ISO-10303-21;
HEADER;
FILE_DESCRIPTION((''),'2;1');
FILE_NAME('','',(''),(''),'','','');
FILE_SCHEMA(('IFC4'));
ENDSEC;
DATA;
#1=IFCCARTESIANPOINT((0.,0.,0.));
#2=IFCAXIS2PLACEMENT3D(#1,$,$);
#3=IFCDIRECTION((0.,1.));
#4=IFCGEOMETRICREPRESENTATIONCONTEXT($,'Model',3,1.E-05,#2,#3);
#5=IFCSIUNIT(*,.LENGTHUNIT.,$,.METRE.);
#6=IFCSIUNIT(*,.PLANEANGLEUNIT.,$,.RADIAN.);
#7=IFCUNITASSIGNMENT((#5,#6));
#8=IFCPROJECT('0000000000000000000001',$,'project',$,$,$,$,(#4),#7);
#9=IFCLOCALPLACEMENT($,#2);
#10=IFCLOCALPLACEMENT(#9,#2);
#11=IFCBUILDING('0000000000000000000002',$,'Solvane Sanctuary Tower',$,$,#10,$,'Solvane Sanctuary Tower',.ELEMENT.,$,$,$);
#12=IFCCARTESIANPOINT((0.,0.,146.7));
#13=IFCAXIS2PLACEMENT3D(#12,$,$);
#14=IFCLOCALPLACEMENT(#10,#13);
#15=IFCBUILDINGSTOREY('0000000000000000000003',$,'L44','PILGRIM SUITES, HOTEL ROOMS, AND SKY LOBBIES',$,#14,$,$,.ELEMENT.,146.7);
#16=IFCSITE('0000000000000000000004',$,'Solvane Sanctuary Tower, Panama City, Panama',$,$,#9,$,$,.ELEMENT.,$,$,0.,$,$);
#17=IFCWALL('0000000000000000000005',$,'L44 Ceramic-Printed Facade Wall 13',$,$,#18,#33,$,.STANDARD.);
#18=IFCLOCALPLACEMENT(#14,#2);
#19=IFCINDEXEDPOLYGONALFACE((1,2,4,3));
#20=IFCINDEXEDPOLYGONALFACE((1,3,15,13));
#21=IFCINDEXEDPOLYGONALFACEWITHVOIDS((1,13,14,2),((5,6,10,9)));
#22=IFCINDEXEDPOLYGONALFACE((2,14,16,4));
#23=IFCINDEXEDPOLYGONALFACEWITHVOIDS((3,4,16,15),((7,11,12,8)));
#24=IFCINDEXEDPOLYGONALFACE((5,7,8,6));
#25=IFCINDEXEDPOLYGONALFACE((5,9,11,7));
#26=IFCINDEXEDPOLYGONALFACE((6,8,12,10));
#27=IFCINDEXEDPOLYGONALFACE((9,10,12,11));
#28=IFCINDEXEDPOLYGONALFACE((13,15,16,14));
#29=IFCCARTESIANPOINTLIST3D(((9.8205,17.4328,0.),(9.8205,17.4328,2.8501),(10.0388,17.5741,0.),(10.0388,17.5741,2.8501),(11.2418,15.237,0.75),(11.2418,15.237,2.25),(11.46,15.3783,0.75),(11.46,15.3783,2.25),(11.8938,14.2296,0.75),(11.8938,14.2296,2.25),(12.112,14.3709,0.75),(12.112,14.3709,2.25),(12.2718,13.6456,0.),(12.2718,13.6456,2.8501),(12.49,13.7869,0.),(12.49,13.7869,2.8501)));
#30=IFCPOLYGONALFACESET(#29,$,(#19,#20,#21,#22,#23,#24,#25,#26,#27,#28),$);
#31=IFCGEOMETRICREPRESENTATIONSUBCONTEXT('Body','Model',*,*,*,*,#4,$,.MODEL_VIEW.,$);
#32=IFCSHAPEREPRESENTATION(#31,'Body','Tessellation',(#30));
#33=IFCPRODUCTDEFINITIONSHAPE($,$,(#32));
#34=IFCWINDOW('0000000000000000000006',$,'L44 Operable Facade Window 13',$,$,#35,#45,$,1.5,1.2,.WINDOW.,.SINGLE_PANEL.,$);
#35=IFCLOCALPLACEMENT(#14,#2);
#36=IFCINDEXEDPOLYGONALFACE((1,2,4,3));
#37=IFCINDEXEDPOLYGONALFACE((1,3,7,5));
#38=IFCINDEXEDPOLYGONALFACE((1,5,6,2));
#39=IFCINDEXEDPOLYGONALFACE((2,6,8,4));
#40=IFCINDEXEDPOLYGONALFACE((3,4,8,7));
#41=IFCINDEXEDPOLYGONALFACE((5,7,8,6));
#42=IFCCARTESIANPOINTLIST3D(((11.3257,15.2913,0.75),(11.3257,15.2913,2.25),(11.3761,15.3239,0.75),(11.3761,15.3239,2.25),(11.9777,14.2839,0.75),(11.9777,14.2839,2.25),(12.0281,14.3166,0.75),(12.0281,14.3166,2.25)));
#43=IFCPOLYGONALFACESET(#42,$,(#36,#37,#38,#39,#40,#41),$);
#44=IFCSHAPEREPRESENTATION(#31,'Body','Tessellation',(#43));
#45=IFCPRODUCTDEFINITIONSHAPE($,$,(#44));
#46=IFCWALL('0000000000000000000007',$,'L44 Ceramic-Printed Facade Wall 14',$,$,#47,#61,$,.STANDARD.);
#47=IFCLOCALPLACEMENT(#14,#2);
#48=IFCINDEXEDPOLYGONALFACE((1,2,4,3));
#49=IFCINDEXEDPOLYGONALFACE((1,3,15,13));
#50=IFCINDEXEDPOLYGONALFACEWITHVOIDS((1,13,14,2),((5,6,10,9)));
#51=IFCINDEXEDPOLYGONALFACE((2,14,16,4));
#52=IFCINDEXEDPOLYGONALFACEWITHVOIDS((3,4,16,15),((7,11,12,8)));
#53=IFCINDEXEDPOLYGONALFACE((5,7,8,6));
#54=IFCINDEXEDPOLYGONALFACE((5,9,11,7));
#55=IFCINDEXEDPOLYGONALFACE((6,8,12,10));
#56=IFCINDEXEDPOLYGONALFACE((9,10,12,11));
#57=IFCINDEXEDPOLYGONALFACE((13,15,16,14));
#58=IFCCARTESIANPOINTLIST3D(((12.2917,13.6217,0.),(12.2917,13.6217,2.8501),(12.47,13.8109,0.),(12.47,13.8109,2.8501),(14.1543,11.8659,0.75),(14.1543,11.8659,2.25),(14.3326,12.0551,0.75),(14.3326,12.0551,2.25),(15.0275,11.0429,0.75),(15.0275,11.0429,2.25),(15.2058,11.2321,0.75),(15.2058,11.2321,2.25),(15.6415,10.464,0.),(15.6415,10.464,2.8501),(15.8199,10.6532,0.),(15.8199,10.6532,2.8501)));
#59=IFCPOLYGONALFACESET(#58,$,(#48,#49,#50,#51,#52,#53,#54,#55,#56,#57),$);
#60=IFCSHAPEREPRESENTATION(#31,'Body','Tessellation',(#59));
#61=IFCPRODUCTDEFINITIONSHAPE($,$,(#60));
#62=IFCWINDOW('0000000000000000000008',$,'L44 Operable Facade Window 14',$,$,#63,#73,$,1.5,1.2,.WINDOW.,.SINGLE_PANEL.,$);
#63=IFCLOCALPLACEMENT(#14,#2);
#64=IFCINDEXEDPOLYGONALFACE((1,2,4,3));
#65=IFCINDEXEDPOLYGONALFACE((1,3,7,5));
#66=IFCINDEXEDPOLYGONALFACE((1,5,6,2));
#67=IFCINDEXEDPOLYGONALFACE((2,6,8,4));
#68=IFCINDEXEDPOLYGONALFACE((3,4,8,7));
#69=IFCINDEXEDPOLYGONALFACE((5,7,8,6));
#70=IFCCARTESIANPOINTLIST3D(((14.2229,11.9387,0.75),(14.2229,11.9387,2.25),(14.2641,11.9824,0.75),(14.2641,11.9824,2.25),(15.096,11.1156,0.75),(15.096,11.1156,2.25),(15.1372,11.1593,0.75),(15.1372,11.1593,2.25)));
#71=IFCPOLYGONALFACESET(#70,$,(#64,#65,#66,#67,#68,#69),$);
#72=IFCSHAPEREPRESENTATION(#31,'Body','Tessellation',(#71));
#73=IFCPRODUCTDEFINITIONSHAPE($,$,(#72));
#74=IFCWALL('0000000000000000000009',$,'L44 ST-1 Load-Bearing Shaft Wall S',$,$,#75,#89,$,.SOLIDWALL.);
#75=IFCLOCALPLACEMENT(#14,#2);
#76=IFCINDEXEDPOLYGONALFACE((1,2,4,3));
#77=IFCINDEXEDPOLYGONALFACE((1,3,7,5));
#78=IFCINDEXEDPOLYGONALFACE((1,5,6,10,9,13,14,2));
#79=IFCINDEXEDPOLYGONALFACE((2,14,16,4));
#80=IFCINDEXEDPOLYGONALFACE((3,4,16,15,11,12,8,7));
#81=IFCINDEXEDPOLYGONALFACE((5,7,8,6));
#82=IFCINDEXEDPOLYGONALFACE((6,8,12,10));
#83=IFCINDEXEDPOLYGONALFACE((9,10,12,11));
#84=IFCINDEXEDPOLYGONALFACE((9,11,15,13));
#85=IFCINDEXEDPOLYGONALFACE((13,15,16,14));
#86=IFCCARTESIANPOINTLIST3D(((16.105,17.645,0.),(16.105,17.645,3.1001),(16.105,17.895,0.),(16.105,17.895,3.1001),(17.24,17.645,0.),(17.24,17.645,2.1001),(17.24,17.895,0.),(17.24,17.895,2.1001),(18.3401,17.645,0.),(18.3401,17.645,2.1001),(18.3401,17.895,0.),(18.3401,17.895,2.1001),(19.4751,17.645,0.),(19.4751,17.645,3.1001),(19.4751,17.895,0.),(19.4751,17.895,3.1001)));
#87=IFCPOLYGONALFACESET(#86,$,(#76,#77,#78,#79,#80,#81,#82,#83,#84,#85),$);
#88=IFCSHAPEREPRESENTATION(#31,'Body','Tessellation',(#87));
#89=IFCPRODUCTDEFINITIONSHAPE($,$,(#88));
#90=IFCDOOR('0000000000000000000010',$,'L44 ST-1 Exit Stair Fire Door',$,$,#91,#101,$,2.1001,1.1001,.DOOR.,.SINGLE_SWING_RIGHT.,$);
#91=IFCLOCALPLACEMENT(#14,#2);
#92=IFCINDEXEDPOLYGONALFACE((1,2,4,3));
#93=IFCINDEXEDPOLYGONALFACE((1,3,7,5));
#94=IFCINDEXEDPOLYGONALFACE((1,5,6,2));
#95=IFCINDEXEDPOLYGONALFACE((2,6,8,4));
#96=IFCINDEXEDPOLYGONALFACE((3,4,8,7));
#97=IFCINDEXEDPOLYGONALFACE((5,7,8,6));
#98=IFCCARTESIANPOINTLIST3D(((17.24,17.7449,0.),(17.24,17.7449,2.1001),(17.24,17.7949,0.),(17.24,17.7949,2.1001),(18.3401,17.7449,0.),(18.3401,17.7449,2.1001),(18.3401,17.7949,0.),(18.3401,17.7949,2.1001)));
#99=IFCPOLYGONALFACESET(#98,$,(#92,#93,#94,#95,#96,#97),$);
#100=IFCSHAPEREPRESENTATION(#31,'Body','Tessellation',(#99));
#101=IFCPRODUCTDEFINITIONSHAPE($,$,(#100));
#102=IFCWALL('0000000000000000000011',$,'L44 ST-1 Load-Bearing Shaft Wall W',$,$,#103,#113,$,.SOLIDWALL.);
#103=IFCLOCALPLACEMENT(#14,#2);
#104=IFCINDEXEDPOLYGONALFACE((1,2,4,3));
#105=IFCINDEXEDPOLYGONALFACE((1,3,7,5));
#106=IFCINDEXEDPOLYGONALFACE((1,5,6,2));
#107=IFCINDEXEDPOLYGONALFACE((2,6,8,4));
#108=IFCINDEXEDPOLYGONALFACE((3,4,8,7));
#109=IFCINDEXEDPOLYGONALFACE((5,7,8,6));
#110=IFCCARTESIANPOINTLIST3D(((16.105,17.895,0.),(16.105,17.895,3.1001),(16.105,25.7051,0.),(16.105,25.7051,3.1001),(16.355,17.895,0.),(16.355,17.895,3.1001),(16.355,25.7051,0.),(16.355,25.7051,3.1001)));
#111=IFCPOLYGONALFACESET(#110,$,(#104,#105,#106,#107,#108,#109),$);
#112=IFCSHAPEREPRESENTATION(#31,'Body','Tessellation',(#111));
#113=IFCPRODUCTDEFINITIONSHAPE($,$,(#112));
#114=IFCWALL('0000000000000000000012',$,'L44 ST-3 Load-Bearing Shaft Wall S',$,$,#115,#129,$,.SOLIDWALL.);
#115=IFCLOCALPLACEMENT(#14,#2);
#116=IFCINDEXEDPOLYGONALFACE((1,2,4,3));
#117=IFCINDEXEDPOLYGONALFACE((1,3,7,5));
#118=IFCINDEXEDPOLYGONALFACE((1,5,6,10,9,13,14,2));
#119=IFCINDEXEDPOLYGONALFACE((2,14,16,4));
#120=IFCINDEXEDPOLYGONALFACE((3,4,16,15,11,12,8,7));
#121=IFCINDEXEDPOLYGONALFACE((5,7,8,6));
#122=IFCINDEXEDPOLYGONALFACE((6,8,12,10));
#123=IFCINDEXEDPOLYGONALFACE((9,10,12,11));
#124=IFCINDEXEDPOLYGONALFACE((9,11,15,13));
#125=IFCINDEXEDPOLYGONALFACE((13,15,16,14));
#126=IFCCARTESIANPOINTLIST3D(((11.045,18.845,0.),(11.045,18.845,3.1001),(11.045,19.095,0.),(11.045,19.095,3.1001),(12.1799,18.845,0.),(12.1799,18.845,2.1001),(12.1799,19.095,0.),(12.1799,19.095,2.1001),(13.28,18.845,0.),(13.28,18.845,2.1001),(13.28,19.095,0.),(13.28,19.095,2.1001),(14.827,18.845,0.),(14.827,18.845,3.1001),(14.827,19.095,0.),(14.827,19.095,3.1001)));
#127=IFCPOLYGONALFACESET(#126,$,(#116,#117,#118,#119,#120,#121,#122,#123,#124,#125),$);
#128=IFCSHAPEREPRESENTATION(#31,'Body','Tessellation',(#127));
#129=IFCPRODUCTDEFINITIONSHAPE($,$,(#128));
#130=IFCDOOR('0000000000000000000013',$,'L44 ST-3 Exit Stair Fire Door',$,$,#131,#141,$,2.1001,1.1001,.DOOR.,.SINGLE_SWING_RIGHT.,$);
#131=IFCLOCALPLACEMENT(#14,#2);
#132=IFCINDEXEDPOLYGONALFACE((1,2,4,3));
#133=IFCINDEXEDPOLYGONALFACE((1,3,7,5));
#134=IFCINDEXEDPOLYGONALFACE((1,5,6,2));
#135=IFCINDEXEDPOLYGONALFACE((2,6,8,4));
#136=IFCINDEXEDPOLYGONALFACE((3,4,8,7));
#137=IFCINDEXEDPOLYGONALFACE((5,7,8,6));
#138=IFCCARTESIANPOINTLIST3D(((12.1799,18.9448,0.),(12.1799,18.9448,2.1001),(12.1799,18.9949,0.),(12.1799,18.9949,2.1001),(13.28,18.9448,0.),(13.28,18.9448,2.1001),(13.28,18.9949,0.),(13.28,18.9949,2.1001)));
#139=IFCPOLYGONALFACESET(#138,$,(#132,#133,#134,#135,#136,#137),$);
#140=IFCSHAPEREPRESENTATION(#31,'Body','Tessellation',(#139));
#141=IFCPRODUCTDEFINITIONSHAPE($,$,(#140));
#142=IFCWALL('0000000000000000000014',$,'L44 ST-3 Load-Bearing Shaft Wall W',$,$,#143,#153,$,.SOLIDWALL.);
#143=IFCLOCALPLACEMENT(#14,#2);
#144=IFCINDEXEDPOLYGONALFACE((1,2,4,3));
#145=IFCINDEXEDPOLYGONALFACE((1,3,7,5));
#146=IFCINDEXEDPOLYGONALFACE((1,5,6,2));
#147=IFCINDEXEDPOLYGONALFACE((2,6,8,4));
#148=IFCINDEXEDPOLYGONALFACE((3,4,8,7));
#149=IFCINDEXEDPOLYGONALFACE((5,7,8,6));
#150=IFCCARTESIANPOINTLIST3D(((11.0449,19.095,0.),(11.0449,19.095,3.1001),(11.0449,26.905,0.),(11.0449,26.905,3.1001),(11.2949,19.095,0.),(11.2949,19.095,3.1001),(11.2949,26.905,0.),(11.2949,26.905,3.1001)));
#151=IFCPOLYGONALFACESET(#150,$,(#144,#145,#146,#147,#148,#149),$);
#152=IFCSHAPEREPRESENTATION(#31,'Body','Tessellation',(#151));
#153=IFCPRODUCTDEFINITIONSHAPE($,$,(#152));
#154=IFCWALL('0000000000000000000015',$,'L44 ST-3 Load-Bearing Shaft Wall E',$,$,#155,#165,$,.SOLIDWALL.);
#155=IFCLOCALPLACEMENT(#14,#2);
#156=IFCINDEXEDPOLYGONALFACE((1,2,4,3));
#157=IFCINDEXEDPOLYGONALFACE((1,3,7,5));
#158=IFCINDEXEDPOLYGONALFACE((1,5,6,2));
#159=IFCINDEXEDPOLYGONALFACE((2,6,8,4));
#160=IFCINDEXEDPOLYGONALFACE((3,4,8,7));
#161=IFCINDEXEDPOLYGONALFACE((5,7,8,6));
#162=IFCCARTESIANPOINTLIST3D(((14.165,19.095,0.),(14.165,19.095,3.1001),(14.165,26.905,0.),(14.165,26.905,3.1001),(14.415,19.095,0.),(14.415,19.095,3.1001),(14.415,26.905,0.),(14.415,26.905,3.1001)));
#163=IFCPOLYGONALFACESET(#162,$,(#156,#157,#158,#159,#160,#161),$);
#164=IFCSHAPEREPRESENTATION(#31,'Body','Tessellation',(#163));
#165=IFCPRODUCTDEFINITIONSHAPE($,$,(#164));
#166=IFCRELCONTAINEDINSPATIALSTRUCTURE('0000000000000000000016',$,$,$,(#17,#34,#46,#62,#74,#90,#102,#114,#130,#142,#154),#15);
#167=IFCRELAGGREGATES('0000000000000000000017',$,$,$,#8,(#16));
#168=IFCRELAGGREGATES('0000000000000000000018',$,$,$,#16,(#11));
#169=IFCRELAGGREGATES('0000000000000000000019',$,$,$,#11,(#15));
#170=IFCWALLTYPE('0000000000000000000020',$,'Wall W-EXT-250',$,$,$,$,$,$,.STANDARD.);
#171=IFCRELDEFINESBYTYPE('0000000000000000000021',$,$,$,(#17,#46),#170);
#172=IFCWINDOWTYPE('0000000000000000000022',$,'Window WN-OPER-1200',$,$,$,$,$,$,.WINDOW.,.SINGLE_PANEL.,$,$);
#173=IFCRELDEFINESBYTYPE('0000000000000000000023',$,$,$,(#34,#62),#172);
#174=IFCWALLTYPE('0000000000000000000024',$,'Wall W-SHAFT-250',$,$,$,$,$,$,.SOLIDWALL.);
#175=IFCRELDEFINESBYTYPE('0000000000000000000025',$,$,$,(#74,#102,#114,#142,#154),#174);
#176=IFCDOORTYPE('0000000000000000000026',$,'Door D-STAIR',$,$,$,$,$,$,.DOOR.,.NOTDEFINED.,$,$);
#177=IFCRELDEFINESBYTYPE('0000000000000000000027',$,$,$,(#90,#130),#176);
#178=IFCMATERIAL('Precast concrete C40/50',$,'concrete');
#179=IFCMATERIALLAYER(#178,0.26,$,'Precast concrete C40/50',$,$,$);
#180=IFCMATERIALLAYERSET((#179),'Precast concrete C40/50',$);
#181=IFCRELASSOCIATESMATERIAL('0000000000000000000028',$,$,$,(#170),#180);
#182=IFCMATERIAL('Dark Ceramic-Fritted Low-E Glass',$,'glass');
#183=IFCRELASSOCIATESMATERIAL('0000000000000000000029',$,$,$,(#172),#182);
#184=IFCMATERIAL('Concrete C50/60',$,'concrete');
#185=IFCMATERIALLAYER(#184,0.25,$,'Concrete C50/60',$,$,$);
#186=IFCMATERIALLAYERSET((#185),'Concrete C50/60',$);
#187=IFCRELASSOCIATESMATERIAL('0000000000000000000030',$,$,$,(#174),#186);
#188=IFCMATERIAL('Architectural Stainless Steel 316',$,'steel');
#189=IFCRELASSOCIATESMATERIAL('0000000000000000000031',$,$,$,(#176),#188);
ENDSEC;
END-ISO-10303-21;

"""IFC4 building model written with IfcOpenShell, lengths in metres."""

from ifc_helpers import new_model, si_unit, direction, frame, frame_2d, origin, place, context, subcontext, project, spatial, rectangle, extrude, material, layer, layer_set, type_object, element, fill, save


model = new_model("IFC4")

# Units and contexts
model_context = context("Model", 3, precision=1e-05, world=origin(), true_north=direction((0.0, 1.0)))
body_context = subcontext(model_context, "Body", "Model", "MODEL_VIEW")
ifc_project = project(units=[si_unit("LENGTHUNIT", "METRE"), si_unit("PLANEANGLEUNIT", "RADIAN")], contexts=[model_context])

# Site, building, storey
site_placement = place(None, origin())
site = spatial("IfcSite", under=ifc_project, at=site_placement, Name="Solvane Sanctuary Tower, Panama City, Panama", CompositionType="ELEMENT", RefElevation=0.0)
building_placement = place(site_placement, origin())
building = spatial("IfcBuilding", under=site, at=building_placement, Name="Solvane Sanctuary Tower", LongName="Solvane Sanctuary Tower", CompositionType="ELEMENT")
storey_placement = place(building_placement, frame((0.0, 0.0, 146.7)))
storey = spatial("IfcBuildingStorey", under=building, at=storey_placement, Name="L44", Description="PILGRIM SUITES, HOTEL ROOMS, AND SKY LOBBIES", CompositionType="ELEMENT", Elevation=146.7)

# Shared definitions
ifc_material_1 = material(Name="Architectural Stainless Steel 316", Category="steel")

# Walls, openings, windows
ifc_material_2 = material(Name="Precast concrete C40/50", Category="concrete")
ifc_layer_1 = layer(ifc_material_2, 0.26, Name="Precast concrete C40/50")
ifc_layer_set_1 = layer_set([ifc_layer_1], Name="Precast concrete C40/50")
wall_type_1 = type_object("IfcWallType", Name="Wall W-EXT-250", PredefinedType="STANDARD", material=ifc_layer_set_1)
wall_1_placement = place(storey_placement, frame((9.9297, 17.5034, 0.0), z_axis=(0.0, 0.0, 1.0), x_axis=(0.543359, -0.8395, 0.0)))
wall_1 = element("IfcWall", 1, at=wall_1_placement, inside=storey, type_object=wall_type_1, Name="L44 Ceramic-Printed Facade Wall 13", PredefinedType="STANDARD", context=body_context, shape_type="SweptSolid", body=[
    extrude(rectangle(XDim=4.5112, YDim=0.26, at=frame_2d((2.2556, 0.0))), origin(), (0.0, 0.0, 1.0), 2.8501),
])
opening_1_placement = place(wall_1_placement, frame((2.6155, 0.0, 0.75)))
opening_1 = element("IfcOpeningElement", 2, at=opening_1_placement, cuts=wall_1, PredefinedType="OPENING", context=body_context, shape_type="SweptSolid", body=[
    extrude(rectangle(XDim=1.2, YDim=1.5, at=frame_2d((0.6001, 0.75))), frame((0.0, 0.1399, 0.0), z_axis=(0.0, -1.0, 0.0), x_axis=(1.0, 0.0, 0.0)), (0.0, 0.0, 1.0), 0.28),
])
ifc_material_3 = material(Name="Dark Ceramic-Fritted Low-E Glass", Category="glass")
window_type = type_object("IfcWindowType", Name="Window WN-OPER-1200", PartitioningType="SINGLE_PANEL", PredefinedType="WINDOW", material=ifc_material_3)
window_1_placement = place(opening_1_placement, origin())
window_1 = element("IfcWindow", 3, at=window_1_placement, inside=storey, type_object=window_type, Name="L44 Operable Facade Window 13", OverallHeight=1.5, OverallWidth=1.2, PartitioningType="SINGLE_PANEL", PredefinedType="WINDOW", context=body_context, shape_type="SweptSolid", body=[
    extrude(rectangle(XDim=1.2, YDim=1.5, at=frame_2d((0.6001, 0.75))), frame((0.0, 0.03, 0.0), z_axis=(0.0, -1.0, 0.0), x_axis=(1.0, 0.0, 0.0)), (0.0, 0.0, 1.0), 0.0601),
])
fill(opening_1, window_1)
wall_2_placement = place(storey_placement, frame((12.3809, 13.7163, 0.0), z_axis=(0.0, 0.0, 1.0), x_axis=(0.727667, -0.68593, 0.0)))
wall_2 = element("IfcWall", 4, at=wall_2_placement, inside=storey, type_object=wall_type_1, Name="L44 Ceramic-Printed Facade Wall 14", PredefinedType="STANDARD", context=body_context, shape_type="SweptSolid", body=[
    extrude(rectangle(XDim=4.6035, YDim=0.26, at=frame_2d((2.3018, 0.0))), origin(), (0.0, 0.0, 1.0), 2.8501),
])
opening_2_placement = place(wall_2_placement, frame((2.5596, 0.0, 0.75)))
opening_2 = element("IfcOpeningElement", 5, at=opening_2_placement, cuts=wall_2, PredefinedType="OPENING", context=body_context, shape_type="SweptSolid", body=[
    extrude(rectangle(XDim=1.2, YDim=1.5, at=frame_2d((0.6001, 0.75))), frame((0.0, 0.1399, 0.0), z_axis=(0.0, -1.0, 0.0), x_axis=(1.0, 0.0, 0.0)), (0.0, 0.0, 1.0), 0.28),
])
window_2_placement = place(opening_2_placement, origin())
window_2 = element("IfcWindow", 6, at=window_2_placement, inside=storey, type_object=window_type, Name="L44 Operable Facade Window 14", OverallHeight=1.5, OverallWidth=1.2, PartitioningType="SINGLE_PANEL", PredefinedType="WINDOW", context=body_context, shape_type="SweptSolid", body=[
    extrude(rectangle(XDim=1.2, YDim=1.5, at=frame_2d((0.6001, 0.75))), frame((0.0, 0.03, 0.0), z_axis=(0.0, -1.0, 0.0), x_axis=(1.0, 0.0, 0.0)), (0.0, 0.0, 1.0), 0.0601),
])
fill(opening_2, window_2)

# Wall, opening, door
ifc_material_4 = material(Name="Concrete C50/60", Category="concrete")
ifc_layer_2 = layer(ifc_material_4, 0.25, Name="Concrete C50/60")
ifc_layer_set_2 = layer_set([ifc_layer_2], Name="Concrete C50/60")
wall_type_2 = type_object("IfcWallType", Name="Wall W-SHAFT-250", PredefinedType="SOLIDWALL", material=ifc_layer_set_2)
wall_3_placement = place(storey_placement, frame((16.105, 17.77, 0.0), z_axis=(0.0, 0.0, 1.0), x_axis=(1.0, 0.0, 0.0)))
wall_3 = element("IfcWall", 7, at=wall_3_placement, inside=storey, type_object=wall_type_2, Name="L44 ST-1 Load-Bearing Shaft Wall S", PredefinedType="SOLIDWALL", context=body_context, shape_type="SweptSolid", body=[
    extrude(rectangle(XDim=3.3701, YDim=0.25, at=frame_2d((1.6851, 0.0))), origin(), (0.0, 0.0, 1.0), 3.1001),
])
opening_3_placement = place(wall_3_placement, frame((1.135, 0.0, 0.0)))
opening_3 = element("IfcOpeningElement", 8, at=opening_3_placement, cuts=wall_3, PredefinedType="OPENING", context=body_context, shape_type="SweptSolid", body=[
    extrude(rectangle(XDim=1.1001, YDim=2.1001, at=frame_2d((0.55, 1.05))), frame((0.0, 0.135, 0.0), z_axis=(0.0, -1.0, 0.0), x_axis=(1.0, 0.0, 0.0)), (0.0, 0.0, 1.0), 0.27),
])
door_type_1 = type_object("IfcDoorType", Name="Door D-STAIR", OperationType="NOTDEFINED", PredefinedType="DOOR", material=ifc_material_1)
door_1_placement = place(opening_3_placement, origin())
door_1 = element("IfcDoor", 9, at=door_1_placement, inside=storey, type_object=door_type_1, Name="L44 ST-1 Exit Stair Fire Door", OperationType="SINGLE_SWING_RIGHT", OverallHeight=2.1001, OverallWidth=1.1001, PredefinedType="DOOR", context=body_context, shape_type="SweptSolid", body=[
    extrude(rectangle(XDim=1.1001, YDim=2.1001, at=frame_2d((0.55, 1.05))), frame((0.0, 0.0249, 0.0), z_axis=(0.0, -1.0, 0.0), x_axis=(1.0, 0.0, 0.0)), (0.0, 0.0, 1.0), 0.05),
])
fill(opening_3, door_1)

# Wall
wall_4_placement = place(storey_placement, frame((16.23, 17.895, 0.0), z_axis=(0.0, 0.0, 1.0), x_axis=(0.0, 1.0, 0.0)))
element("IfcWall", 10, at=wall_4_placement, inside=storey, type_object=wall_type_2, Name="L44 ST-1 Load-Bearing Shaft Wall W", PredefinedType="SOLIDWALL", context=body_context, shape_type="SweptSolid", body=[
    extrude(rectangle(XDim=7.8101, YDim=0.25, at=frame_2d((3.905, 0.0))), origin(), (0.0, 0.0, 1.0), 3.1001),
])

# Wall, opening, door
wall_5_placement = place(storey_placement, frame((11.0449, 18.97, 0.0), z_axis=(0.0, 0.0, 1.0), x_axis=(1.0, 0.0, 0.0)))
wall_5 = element("IfcWall", 11, at=wall_5_placement, inside=storey, type_object=wall_type_2, Name="L44 ST-3 Load-Bearing Shaft Wall S", PredefinedType="SOLIDWALL", context=body_context, shape_type="SweptSolid", body=[
    extrude(rectangle(XDim=3.782, YDim=0.25, at=frame_2d((1.8911, 0.0))), origin(), (0.0, 0.0, 1.0), 3.1001),
])
opening_4_placement = place(wall_5_placement, frame((1.135, 0.0, 0.0)))
opening_4 = element("IfcOpeningElement", 12, at=opening_4_placement, cuts=wall_5, PredefinedType="OPENING", context=body_context, shape_type="SweptSolid", body=[
    extrude(rectangle(XDim=1.1001, YDim=2.1001, at=frame_2d((0.55, 1.05))), frame((0.0, 0.135, 0.0), z_axis=(0.0, -1.0, 0.0), x_axis=(1.0, 0.0, 0.0)), (0.0, 0.0, 1.0), 0.27),
])
door_2_placement = place(opening_4_placement, origin())
door_2 = element("IfcDoor", 13, at=door_2_placement, inside=storey, type_object=door_type_1, Name="L44 ST-3 Exit Stair Fire Door", OperationType="SINGLE_SWING_RIGHT", OverallHeight=2.1001, OverallWidth=1.1001, PredefinedType="DOOR", context=body_context, shape_type="SweptSolid", body=[
    extrude(rectangle(XDim=1.1001, YDim=2.1001, at=frame_2d((0.55, 1.05))), frame((0.0, 0.0249, 0.0), z_axis=(0.0, -1.0, 0.0), x_axis=(1.0, 0.0, 0.0)), (0.0, 0.0, 1.0), 0.05),
])
fill(opening_4, door_2)

# Walls
for number, where, z_axis, x_axis, name in (
    (14, (11.1699, 19.095, 0.0), (0.0, 0.0, 1.0), (0.0, 1.0, 0.0), "L44 ST-3 Load-Bearing Shaft Wall W"),
    (15, (14.29, 19.095, 0.0), (0.0, 0.0, 1.0), (0.0, 1.0, 0.0), "L44 ST-3 Load-Bearing Shaft Wall E"),
):
    element("IfcWall", number, at=place(storey_placement, frame(where, z_axis=z_axis, x_axis=x_axis)), inside=storey, type_object=wall_type_2, Name=name, PredefinedType="SOLIDWALL", context=body_context, shape_type="SweptSolid", body=[
        extrude(rectangle(XDim=7.8101, YDim=0.25, at=frame_2d((3.905, 0.0))), origin(), (0.0, 0.0, 1.0), 3.1001),
    ])

save(model, "model.ifc")
